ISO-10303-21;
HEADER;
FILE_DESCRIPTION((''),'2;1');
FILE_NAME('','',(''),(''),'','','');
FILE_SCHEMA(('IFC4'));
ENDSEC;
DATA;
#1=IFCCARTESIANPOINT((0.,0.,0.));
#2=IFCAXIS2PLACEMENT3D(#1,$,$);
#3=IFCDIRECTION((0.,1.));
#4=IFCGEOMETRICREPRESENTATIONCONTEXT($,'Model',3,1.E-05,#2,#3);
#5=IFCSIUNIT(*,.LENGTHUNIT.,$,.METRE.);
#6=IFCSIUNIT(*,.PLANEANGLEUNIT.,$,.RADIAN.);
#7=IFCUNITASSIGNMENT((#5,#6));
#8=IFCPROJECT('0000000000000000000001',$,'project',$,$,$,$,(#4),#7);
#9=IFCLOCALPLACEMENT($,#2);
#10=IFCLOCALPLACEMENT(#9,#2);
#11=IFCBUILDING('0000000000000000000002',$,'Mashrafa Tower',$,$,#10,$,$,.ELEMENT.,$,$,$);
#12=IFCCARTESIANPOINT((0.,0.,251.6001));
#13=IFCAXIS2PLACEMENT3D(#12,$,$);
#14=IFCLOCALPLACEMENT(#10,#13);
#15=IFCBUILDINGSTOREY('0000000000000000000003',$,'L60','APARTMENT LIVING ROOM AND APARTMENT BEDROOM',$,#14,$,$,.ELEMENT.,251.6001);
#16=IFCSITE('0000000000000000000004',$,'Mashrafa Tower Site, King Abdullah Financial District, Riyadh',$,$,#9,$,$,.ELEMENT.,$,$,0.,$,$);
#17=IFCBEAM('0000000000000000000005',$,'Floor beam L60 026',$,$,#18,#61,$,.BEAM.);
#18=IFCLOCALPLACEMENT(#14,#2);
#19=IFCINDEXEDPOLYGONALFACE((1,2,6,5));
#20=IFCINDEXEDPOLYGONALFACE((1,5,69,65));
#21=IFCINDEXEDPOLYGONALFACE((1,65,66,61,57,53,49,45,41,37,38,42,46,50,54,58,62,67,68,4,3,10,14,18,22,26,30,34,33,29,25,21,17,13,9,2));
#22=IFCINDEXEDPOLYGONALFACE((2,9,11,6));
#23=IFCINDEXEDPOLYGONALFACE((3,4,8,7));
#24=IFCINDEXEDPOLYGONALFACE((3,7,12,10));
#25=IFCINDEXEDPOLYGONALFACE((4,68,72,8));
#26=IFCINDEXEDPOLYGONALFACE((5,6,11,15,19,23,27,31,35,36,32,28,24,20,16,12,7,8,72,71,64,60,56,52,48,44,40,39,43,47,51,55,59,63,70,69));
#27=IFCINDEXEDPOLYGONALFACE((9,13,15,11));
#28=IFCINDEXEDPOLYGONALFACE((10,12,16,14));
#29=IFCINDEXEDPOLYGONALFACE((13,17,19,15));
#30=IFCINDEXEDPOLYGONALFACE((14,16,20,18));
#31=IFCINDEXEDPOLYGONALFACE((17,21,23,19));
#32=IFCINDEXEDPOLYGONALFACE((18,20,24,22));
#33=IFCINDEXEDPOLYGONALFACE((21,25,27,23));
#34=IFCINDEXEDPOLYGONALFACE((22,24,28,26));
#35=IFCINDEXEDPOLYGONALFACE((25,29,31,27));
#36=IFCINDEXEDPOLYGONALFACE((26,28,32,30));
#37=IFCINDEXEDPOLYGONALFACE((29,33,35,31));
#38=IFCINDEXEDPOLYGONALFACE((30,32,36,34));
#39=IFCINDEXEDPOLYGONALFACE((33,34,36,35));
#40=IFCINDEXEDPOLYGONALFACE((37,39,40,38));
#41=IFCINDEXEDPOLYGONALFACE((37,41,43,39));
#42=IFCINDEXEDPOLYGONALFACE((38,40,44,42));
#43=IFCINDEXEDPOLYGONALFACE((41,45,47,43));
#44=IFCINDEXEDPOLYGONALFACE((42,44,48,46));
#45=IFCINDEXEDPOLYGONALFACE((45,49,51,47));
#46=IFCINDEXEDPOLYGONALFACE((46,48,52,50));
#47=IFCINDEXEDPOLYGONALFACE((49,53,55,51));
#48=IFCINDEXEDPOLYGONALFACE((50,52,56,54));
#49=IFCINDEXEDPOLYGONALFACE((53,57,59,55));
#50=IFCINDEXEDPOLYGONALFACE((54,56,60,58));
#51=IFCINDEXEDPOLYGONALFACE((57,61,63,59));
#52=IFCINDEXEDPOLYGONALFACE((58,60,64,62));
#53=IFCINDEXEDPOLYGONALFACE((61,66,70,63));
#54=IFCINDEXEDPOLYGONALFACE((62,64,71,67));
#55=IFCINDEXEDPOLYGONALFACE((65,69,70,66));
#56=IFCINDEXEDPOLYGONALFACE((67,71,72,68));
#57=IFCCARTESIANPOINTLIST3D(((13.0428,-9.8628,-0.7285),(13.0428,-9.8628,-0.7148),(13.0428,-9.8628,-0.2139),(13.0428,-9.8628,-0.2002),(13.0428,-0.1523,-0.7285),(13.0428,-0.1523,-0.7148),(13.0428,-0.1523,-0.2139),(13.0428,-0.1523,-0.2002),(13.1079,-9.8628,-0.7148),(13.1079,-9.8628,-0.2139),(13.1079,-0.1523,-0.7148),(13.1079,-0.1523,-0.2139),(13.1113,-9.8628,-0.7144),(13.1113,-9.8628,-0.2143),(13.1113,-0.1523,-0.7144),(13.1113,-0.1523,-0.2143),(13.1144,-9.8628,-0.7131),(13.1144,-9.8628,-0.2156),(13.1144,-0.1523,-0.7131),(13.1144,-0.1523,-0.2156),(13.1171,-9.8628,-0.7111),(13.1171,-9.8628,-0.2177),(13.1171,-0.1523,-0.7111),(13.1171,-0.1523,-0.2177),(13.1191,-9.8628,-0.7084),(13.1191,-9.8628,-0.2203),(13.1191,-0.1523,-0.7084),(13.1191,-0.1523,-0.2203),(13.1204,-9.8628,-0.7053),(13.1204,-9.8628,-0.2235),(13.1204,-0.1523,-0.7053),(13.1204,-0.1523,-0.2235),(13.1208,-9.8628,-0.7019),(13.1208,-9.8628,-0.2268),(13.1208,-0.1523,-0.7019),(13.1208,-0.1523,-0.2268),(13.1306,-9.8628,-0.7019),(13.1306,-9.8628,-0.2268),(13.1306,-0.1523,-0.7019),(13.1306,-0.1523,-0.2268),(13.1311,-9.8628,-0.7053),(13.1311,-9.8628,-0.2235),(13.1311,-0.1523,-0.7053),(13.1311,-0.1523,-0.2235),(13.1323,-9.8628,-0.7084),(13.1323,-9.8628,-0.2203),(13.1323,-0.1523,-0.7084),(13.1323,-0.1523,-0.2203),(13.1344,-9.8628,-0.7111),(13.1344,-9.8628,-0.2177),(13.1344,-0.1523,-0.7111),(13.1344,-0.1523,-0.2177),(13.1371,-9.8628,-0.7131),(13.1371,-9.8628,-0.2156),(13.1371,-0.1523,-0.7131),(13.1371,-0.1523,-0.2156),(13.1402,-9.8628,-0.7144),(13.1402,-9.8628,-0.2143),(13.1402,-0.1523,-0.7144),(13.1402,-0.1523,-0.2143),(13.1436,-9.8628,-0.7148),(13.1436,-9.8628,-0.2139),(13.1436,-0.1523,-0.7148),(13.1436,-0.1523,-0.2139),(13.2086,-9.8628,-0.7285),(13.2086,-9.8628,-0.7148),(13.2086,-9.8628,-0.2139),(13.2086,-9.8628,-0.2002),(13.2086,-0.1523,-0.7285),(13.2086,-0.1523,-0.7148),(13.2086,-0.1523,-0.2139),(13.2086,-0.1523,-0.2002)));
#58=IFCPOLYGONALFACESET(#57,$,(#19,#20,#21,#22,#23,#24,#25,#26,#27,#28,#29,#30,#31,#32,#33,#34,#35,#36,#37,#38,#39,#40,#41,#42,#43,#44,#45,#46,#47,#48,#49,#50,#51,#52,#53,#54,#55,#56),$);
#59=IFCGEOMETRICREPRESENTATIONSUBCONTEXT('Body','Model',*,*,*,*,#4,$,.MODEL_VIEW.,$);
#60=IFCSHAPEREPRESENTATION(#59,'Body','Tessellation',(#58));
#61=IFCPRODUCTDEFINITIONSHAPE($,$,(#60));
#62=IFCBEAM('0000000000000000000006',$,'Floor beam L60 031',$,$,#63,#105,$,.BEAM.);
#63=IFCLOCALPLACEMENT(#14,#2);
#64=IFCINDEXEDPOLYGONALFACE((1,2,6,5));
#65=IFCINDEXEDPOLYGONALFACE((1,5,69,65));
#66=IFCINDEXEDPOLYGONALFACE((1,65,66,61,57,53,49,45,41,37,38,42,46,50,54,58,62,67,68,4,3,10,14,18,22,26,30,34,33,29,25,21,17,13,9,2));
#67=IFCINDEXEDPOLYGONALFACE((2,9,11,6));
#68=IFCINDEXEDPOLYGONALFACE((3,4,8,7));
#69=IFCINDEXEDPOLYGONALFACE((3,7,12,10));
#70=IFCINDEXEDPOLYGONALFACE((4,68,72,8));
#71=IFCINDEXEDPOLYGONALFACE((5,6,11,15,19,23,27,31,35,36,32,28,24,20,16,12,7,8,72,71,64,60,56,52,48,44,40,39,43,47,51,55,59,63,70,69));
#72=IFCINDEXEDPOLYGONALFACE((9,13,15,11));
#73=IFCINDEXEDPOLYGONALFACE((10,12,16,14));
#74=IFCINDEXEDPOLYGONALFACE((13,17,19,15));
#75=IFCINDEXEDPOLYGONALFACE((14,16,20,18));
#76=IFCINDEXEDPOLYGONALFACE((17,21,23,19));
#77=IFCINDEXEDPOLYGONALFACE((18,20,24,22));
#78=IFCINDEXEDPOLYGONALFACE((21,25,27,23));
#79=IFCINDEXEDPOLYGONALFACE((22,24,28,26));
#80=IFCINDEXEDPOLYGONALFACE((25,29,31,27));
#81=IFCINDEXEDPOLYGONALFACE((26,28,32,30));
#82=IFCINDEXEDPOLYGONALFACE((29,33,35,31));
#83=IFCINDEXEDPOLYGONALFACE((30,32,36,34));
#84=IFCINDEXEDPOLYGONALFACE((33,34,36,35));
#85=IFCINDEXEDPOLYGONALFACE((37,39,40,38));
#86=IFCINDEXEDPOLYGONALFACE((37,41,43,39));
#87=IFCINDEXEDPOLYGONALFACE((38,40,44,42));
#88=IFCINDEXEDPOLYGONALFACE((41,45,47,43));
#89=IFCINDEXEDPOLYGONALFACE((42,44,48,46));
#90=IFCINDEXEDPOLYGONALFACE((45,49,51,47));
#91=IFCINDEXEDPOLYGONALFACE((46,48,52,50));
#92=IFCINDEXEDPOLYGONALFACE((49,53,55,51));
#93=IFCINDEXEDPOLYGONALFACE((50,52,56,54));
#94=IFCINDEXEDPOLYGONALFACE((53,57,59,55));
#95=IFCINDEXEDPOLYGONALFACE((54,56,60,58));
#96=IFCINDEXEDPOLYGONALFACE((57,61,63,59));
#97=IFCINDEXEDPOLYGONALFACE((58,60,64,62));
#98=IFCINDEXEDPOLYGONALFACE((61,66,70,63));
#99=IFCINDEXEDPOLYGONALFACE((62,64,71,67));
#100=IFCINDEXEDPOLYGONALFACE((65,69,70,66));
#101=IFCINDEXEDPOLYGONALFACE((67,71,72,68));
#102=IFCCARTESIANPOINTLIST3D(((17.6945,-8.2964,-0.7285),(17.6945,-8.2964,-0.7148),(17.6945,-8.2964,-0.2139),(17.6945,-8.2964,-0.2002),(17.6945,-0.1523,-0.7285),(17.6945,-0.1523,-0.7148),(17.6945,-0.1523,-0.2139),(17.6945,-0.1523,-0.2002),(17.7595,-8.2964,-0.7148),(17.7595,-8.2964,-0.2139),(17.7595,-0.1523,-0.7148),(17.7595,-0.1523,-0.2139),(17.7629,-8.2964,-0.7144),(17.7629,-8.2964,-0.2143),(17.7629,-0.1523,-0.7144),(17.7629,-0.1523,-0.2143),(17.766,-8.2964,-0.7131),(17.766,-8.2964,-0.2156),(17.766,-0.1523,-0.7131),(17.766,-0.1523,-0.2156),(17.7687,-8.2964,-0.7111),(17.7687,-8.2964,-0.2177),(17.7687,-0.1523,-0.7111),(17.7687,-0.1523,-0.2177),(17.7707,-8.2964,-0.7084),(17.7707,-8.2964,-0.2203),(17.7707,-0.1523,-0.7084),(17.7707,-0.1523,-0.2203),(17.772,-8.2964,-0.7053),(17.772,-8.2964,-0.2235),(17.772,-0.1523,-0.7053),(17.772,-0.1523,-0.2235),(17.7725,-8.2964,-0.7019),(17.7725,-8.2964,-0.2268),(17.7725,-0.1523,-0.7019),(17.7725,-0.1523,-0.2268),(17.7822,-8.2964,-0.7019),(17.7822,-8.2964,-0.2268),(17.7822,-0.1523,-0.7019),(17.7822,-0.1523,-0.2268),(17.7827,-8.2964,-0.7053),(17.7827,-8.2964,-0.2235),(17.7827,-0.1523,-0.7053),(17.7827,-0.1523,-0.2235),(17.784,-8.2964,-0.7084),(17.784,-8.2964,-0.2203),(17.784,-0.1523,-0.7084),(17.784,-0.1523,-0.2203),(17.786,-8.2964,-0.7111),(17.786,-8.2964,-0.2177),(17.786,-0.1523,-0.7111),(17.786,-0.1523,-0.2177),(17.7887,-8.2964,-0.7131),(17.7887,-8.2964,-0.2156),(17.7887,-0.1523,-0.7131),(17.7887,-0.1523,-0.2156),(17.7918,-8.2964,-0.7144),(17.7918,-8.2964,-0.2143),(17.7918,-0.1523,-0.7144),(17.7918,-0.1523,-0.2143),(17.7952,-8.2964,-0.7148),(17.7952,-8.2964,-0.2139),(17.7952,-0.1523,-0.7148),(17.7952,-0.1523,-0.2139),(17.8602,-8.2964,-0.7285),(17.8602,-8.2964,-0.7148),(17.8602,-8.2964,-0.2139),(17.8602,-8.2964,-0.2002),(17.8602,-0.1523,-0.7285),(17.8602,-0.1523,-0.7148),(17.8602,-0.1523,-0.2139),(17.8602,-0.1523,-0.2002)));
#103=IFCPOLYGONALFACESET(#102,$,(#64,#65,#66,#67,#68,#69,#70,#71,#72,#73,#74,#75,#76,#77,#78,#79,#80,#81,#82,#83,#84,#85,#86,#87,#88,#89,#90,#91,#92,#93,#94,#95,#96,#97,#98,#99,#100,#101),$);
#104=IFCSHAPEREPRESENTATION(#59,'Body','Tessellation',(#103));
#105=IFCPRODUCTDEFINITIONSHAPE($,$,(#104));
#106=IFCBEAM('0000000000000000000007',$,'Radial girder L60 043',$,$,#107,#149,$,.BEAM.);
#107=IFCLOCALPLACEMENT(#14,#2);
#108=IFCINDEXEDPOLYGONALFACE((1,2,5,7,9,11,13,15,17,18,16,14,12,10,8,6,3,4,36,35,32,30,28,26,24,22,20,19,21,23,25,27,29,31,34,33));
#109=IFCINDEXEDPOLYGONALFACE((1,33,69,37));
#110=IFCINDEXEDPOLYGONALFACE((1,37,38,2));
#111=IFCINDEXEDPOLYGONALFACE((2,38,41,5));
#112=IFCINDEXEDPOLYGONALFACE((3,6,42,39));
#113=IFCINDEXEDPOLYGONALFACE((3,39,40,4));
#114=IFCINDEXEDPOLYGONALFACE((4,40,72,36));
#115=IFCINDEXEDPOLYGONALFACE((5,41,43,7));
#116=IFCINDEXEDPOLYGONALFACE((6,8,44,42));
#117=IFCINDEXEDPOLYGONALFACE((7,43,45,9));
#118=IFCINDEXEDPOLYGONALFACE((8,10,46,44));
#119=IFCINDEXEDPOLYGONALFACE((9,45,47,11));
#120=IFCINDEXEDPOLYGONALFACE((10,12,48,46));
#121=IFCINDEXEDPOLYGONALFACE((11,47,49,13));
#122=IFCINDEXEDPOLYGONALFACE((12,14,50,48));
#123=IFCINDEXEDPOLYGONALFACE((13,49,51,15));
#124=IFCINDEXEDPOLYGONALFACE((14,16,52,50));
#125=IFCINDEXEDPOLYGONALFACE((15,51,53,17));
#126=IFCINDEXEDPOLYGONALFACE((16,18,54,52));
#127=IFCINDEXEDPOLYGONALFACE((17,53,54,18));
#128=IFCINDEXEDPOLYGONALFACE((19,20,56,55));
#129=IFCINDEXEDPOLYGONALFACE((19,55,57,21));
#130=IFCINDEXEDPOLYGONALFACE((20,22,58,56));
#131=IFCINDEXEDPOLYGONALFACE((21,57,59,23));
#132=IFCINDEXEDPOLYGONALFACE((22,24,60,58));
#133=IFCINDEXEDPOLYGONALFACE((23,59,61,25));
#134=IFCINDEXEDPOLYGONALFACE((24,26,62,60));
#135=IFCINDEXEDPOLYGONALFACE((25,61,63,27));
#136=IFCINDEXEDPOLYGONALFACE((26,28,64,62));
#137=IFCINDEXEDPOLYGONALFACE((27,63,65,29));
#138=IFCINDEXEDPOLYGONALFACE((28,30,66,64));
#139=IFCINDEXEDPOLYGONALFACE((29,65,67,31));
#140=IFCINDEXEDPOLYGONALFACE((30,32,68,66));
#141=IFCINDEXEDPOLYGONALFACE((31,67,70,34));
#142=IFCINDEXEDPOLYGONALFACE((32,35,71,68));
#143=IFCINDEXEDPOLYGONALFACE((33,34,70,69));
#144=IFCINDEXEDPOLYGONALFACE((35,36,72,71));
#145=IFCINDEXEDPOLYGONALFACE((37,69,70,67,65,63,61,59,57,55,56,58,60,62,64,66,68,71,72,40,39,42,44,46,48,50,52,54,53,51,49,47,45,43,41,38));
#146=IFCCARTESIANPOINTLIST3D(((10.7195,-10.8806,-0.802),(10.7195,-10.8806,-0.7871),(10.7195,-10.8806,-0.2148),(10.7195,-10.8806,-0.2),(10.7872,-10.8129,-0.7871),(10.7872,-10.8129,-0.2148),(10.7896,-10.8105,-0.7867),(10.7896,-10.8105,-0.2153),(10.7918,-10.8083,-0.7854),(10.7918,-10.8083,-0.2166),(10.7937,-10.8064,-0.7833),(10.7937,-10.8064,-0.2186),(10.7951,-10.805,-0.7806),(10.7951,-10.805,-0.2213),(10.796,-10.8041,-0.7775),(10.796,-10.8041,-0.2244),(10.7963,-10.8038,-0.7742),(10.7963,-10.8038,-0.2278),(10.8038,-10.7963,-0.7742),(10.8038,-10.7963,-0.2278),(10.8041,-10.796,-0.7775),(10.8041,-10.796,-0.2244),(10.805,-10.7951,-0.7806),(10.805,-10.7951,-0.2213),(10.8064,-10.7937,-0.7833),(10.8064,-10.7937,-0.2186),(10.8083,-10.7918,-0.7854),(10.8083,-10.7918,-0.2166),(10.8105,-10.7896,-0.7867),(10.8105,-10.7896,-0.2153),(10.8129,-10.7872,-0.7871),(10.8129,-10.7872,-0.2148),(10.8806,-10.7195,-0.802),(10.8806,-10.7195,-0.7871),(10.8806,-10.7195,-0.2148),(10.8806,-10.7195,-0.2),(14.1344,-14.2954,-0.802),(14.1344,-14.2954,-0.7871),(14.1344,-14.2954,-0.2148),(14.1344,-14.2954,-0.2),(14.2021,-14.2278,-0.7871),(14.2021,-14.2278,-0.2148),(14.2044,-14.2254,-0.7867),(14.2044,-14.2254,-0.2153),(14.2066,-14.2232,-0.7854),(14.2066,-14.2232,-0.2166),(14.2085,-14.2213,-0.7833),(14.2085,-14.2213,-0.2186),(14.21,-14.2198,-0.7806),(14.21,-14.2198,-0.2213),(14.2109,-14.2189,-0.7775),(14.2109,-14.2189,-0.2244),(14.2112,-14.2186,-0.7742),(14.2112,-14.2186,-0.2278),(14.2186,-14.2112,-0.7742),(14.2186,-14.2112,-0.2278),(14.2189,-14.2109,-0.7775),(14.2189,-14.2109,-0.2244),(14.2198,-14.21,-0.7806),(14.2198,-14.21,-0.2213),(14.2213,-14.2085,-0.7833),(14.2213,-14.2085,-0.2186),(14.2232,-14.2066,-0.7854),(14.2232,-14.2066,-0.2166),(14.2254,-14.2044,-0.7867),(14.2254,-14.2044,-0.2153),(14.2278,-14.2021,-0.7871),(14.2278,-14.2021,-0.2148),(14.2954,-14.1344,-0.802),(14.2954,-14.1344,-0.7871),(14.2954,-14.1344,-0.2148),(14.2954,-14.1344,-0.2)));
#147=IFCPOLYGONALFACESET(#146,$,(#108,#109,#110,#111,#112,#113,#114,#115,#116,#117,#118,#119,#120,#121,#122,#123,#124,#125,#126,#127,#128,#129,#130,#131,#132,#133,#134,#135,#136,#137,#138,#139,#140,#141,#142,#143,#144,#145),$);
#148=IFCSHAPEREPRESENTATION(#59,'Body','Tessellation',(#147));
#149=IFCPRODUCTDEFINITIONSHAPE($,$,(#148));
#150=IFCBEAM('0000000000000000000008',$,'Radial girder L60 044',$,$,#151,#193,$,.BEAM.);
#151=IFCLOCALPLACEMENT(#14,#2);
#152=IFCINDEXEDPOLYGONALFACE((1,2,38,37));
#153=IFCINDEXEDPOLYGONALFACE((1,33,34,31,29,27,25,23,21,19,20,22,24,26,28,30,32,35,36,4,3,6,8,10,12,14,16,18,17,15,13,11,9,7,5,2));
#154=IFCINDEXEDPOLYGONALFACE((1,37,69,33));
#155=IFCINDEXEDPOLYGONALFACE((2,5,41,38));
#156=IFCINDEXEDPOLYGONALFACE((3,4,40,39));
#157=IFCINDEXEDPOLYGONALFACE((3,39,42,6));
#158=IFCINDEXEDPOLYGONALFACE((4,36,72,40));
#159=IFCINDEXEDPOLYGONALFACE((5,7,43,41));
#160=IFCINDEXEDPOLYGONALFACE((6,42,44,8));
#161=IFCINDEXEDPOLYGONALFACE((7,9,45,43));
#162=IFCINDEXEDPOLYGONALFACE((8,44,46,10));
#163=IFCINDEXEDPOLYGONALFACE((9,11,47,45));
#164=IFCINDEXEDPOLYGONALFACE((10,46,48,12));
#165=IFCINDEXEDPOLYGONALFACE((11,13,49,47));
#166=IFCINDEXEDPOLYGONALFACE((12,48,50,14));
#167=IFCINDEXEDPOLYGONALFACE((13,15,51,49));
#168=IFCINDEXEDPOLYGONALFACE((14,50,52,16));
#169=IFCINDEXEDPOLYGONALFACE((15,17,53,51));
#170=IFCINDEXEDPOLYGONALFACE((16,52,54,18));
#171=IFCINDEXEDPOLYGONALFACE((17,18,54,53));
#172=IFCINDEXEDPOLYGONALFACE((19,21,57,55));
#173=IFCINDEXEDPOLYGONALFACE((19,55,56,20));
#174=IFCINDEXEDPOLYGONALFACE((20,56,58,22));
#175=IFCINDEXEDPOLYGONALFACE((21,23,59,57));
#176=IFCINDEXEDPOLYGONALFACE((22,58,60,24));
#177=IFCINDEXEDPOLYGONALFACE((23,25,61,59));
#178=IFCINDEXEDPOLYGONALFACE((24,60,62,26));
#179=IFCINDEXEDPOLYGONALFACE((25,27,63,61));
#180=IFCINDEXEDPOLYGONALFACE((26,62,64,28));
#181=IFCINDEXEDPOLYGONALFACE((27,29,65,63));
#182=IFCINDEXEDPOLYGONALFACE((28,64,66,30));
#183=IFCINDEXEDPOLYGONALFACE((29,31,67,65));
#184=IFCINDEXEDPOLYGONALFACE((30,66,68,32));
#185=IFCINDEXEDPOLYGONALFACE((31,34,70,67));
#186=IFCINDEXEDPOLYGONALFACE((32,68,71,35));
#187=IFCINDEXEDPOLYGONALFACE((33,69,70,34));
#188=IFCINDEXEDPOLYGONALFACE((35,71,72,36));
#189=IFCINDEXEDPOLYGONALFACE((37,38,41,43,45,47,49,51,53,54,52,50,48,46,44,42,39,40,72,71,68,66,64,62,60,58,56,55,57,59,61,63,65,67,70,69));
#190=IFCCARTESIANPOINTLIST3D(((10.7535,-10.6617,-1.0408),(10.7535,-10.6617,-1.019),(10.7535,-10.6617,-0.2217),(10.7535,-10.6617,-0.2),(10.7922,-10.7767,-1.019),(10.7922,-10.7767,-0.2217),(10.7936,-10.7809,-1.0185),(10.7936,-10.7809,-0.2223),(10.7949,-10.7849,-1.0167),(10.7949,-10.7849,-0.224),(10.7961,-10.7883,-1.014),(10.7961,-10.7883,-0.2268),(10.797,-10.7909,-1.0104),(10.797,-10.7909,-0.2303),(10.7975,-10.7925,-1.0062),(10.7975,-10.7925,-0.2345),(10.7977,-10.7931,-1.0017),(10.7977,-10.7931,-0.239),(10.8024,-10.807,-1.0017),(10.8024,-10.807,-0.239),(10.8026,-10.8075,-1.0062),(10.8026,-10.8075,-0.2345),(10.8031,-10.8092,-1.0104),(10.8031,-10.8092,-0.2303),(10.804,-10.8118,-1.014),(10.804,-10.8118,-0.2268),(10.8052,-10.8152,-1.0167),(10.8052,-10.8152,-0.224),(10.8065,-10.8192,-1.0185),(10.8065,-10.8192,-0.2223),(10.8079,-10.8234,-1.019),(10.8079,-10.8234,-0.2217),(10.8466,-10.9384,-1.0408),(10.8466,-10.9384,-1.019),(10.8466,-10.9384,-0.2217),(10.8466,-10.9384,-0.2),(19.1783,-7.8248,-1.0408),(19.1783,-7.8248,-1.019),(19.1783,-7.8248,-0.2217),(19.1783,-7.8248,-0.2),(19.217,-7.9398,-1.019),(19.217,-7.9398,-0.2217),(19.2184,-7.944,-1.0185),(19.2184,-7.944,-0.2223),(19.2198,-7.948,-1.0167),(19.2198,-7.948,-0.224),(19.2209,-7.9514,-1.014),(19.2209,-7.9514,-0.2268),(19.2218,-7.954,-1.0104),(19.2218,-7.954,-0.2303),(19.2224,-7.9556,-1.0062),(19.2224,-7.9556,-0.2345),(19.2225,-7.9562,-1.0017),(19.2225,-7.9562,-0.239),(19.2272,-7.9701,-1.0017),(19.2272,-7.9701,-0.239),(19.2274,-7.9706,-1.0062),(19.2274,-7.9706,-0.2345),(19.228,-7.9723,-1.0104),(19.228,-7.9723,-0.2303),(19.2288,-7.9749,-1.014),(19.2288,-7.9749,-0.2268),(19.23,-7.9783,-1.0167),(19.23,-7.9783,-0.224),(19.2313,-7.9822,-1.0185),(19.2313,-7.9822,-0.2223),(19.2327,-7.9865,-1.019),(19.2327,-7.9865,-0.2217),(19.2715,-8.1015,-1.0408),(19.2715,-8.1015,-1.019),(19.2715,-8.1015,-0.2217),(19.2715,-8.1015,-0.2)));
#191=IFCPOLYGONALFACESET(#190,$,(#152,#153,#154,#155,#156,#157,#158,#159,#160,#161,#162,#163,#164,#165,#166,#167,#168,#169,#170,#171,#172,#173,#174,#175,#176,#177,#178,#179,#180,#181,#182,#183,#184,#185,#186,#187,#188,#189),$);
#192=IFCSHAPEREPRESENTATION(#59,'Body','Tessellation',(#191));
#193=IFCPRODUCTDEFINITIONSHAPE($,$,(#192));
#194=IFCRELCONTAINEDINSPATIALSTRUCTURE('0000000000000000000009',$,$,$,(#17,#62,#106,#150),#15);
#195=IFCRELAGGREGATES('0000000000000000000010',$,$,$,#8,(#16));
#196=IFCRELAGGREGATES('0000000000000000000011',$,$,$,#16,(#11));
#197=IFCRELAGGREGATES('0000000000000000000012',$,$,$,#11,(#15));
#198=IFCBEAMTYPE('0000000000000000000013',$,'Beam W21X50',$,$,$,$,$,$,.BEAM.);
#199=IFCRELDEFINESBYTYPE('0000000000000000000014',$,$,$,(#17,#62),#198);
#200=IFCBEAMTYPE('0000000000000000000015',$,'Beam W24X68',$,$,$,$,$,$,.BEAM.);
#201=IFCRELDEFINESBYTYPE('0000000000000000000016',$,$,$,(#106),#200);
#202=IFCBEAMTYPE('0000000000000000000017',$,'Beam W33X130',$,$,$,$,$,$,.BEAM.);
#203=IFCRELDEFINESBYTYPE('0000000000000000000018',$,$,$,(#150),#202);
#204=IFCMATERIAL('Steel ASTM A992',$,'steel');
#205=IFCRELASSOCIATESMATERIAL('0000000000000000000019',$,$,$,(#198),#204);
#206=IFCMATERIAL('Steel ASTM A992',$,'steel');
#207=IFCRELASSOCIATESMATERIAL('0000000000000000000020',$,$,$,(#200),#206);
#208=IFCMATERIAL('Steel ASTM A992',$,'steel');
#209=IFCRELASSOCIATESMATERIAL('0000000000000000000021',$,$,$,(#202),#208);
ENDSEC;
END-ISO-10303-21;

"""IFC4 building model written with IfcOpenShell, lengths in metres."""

from ifc_helpers import new_model, si_unit, direction, frame, origin, origin_2d, place, context, subcontext, project, spatial, i_section, extrude, material, material_profile, profile_set, type_object, element, save


model = new_model("IFC4")

# Units and contexts
model_context = context("Model", 3, precision=1e-05, world=origin(), true_north=direction((0.0, 1.0)))
body_context = subcontext(model_context, "Body", "Model", "MODEL_VIEW")
ifc_project = project(units=[si_unit("LENGTHUNIT", "METRE"), si_unit("PLANEANGLEUNIT", "RADIAN")], contexts=[model_context])

# Site, building, storey
site_placement = place(None, origin())
site = spatial("IfcSite", under=ifc_project, at=site_placement, Name="Mashrafa Tower Site, King Abdullah Financial District, Riyadh", CompositionType="ELEMENT", RefElevation=0.0)
building_placement = place(site_placement, origin())
building = spatial("IfcBuilding", under=site, at=building_placement, Name="Mashrafa Tower", CompositionType="ELEMENT")
storey_placement = place(building_placement, frame((0.0, 0.0, 251.6001)))
storey = spatial("IfcBuildingStorey", under=building, at=storey_placement, Name="L60", Description="APARTMENT LIVING ROOM AND APARTMENT BEDROOM", CompositionType="ELEMENT", Elevation=251.6001)

# Beams
ifc_material_1 = material(Name="Steel ASTM A992", Category="steel")
ifc_material_profile_1 = material_profile(ifc_material_1, i_section(OverallWidth=0.1658, OverallDepth=0.5283, WebThickness=0.0098, FlangeThickness=0.0137, FilletRadius=0.0129, at=origin_2d()), Name="W21X50")
ifc_profile_set_1 = profile_set([ifc_material_profile_1], Name="Steel ASTM A992")
beam_type_1 = type_object("IfcBeamType", Name="Beam W21X50", PredefinedType="BEAM", material=ifc_profile_set_1)
beam_1_placement = place(storey_placement, frame((13.1257, -0.1523, -0.4644), z_axis=(0.0, -1.0, 0.0), x_axis=(1.0, 0.0, 0.0)))
element("IfcBeam", 1, at=beam_1_placement, inside=storey, type_object=beam_type_1, Name="Floor beam L60 026", PredefinedType="BEAM", context=body_context, shape_type="SweptSolid", body=[
    extrude(i_section(OverallWidth=0.1658, OverallDepth=0.5283, WebThickness=0.0098, FlangeThickness=0.0137, FilletRadius=0.0129, at=origin_2d()), origin(), (0.0, 0.0, 1.0), 9.7104),
])
beam_2_placement = place(storey_placement, frame((17.7773, -0.1523, -0.4644), z_axis=(0.0, -1.0, 0.0), x_axis=(1.0, 0.0, 0.0)))
element("IfcBeam", 2, at=beam_2_placement, inside=storey, type_object=beam_type_1, Name="Floor beam L60 031", PredefinedType="BEAM", context=body_context, shape_type="SweptSolid", body=[
    extrude(i_section(OverallWidth=0.1658, OverallDepth=0.5283, WebThickness=0.0098, FlangeThickness=0.0137, FilletRadius=0.0129, at=origin_2d()), origin(), (0.0, 0.0, 1.0), 8.144),
])
ifc_material_2 = material(Name="Steel ASTM A992", Category="steel")
ifc_material_profile_2 = material_profile(ifc_material_2, i_section(OverallWidth=0.2278, OverallDepth=0.6021, WebThickness=0.0105, FlangeThickness=0.0149, FilletRadius=0.0129, at=origin_2d()), Name="W24X68")
ifc_profile_set_2 = profile_set([ifc_material_profile_2], Name="Steel ASTM A992")
beam_type_2 = type_object("IfcBeamType", Name="Beam W24X68", PredefinedType="BEAM", material=ifc_profile_set_2)
beam_3_placement = place(storey_placement, frame((10.8, -10.8, -0.501), z_axis=(0.707107, -0.707107, 0.0), x_axis=(0.707107, 0.707107, 0.0)))
element("IfcBeam", 3, at=beam_3_placement, inside=storey, type_object=beam_type_2, Name="Radial girder L60 043", PredefinedType="BEAM", context=body_context, shape_type="SweptSolid", body=[
    extrude(i_section(OverallWidth=0.2278, OverallDepth=0.6021, WebThickness=0.0105, FlangeThickness=0.0149, FilletRadius=0.0129, at=origin_2d()), origin(), (0.0, 0.0, 1.0), 4.8293),
])
ifc_material_3 = material(Name="Steel ASTM A992", Category="steel")
ifc_material_profile_3 = material_profile(ifc_material_3, i_section(OverallWidth=0.292, OverallDepth=0.8408, WebThickness=0.0146, FlangeThickness=0.0217, FilletRadius=0.0173, at=origin_2d()), Name="W33X130")
ifc_profile_set_3 = profile_set([ifc_material_profile_3], Name="Steel ASTM A992")
beam_type_3 = type_object("IfcBeamType", Name="Beam W33X130", PredefinedType="BEAM", material=ifc_profile_set_3)
beam_4_placement = place(storey_placement, frame((10.8, -10.8, -0.6204), z_axis=(0.947712, 0.319126, 0.0), x_axis=(-0.319126, 0.947712, 0.0)))
element("IfcBeam", 4, at=beam_4_placement, inside=storey, type_object=beam_type_3, Name="Radial girder L60 044", PredefinedType="BEAM", context=body_context, shape_type="SweptSolid", body=[
    extrude(i_section(OverallWidth=0.292, OverallDepth=0.8408, WebThickness=0.0146, FlangeThickness=0.0217, FilletRadius=0.0173, at=origin_2d()), origin(), (0.0, 0.0, 1.0), 8.8896),
])

save(model, "model.ifc")
